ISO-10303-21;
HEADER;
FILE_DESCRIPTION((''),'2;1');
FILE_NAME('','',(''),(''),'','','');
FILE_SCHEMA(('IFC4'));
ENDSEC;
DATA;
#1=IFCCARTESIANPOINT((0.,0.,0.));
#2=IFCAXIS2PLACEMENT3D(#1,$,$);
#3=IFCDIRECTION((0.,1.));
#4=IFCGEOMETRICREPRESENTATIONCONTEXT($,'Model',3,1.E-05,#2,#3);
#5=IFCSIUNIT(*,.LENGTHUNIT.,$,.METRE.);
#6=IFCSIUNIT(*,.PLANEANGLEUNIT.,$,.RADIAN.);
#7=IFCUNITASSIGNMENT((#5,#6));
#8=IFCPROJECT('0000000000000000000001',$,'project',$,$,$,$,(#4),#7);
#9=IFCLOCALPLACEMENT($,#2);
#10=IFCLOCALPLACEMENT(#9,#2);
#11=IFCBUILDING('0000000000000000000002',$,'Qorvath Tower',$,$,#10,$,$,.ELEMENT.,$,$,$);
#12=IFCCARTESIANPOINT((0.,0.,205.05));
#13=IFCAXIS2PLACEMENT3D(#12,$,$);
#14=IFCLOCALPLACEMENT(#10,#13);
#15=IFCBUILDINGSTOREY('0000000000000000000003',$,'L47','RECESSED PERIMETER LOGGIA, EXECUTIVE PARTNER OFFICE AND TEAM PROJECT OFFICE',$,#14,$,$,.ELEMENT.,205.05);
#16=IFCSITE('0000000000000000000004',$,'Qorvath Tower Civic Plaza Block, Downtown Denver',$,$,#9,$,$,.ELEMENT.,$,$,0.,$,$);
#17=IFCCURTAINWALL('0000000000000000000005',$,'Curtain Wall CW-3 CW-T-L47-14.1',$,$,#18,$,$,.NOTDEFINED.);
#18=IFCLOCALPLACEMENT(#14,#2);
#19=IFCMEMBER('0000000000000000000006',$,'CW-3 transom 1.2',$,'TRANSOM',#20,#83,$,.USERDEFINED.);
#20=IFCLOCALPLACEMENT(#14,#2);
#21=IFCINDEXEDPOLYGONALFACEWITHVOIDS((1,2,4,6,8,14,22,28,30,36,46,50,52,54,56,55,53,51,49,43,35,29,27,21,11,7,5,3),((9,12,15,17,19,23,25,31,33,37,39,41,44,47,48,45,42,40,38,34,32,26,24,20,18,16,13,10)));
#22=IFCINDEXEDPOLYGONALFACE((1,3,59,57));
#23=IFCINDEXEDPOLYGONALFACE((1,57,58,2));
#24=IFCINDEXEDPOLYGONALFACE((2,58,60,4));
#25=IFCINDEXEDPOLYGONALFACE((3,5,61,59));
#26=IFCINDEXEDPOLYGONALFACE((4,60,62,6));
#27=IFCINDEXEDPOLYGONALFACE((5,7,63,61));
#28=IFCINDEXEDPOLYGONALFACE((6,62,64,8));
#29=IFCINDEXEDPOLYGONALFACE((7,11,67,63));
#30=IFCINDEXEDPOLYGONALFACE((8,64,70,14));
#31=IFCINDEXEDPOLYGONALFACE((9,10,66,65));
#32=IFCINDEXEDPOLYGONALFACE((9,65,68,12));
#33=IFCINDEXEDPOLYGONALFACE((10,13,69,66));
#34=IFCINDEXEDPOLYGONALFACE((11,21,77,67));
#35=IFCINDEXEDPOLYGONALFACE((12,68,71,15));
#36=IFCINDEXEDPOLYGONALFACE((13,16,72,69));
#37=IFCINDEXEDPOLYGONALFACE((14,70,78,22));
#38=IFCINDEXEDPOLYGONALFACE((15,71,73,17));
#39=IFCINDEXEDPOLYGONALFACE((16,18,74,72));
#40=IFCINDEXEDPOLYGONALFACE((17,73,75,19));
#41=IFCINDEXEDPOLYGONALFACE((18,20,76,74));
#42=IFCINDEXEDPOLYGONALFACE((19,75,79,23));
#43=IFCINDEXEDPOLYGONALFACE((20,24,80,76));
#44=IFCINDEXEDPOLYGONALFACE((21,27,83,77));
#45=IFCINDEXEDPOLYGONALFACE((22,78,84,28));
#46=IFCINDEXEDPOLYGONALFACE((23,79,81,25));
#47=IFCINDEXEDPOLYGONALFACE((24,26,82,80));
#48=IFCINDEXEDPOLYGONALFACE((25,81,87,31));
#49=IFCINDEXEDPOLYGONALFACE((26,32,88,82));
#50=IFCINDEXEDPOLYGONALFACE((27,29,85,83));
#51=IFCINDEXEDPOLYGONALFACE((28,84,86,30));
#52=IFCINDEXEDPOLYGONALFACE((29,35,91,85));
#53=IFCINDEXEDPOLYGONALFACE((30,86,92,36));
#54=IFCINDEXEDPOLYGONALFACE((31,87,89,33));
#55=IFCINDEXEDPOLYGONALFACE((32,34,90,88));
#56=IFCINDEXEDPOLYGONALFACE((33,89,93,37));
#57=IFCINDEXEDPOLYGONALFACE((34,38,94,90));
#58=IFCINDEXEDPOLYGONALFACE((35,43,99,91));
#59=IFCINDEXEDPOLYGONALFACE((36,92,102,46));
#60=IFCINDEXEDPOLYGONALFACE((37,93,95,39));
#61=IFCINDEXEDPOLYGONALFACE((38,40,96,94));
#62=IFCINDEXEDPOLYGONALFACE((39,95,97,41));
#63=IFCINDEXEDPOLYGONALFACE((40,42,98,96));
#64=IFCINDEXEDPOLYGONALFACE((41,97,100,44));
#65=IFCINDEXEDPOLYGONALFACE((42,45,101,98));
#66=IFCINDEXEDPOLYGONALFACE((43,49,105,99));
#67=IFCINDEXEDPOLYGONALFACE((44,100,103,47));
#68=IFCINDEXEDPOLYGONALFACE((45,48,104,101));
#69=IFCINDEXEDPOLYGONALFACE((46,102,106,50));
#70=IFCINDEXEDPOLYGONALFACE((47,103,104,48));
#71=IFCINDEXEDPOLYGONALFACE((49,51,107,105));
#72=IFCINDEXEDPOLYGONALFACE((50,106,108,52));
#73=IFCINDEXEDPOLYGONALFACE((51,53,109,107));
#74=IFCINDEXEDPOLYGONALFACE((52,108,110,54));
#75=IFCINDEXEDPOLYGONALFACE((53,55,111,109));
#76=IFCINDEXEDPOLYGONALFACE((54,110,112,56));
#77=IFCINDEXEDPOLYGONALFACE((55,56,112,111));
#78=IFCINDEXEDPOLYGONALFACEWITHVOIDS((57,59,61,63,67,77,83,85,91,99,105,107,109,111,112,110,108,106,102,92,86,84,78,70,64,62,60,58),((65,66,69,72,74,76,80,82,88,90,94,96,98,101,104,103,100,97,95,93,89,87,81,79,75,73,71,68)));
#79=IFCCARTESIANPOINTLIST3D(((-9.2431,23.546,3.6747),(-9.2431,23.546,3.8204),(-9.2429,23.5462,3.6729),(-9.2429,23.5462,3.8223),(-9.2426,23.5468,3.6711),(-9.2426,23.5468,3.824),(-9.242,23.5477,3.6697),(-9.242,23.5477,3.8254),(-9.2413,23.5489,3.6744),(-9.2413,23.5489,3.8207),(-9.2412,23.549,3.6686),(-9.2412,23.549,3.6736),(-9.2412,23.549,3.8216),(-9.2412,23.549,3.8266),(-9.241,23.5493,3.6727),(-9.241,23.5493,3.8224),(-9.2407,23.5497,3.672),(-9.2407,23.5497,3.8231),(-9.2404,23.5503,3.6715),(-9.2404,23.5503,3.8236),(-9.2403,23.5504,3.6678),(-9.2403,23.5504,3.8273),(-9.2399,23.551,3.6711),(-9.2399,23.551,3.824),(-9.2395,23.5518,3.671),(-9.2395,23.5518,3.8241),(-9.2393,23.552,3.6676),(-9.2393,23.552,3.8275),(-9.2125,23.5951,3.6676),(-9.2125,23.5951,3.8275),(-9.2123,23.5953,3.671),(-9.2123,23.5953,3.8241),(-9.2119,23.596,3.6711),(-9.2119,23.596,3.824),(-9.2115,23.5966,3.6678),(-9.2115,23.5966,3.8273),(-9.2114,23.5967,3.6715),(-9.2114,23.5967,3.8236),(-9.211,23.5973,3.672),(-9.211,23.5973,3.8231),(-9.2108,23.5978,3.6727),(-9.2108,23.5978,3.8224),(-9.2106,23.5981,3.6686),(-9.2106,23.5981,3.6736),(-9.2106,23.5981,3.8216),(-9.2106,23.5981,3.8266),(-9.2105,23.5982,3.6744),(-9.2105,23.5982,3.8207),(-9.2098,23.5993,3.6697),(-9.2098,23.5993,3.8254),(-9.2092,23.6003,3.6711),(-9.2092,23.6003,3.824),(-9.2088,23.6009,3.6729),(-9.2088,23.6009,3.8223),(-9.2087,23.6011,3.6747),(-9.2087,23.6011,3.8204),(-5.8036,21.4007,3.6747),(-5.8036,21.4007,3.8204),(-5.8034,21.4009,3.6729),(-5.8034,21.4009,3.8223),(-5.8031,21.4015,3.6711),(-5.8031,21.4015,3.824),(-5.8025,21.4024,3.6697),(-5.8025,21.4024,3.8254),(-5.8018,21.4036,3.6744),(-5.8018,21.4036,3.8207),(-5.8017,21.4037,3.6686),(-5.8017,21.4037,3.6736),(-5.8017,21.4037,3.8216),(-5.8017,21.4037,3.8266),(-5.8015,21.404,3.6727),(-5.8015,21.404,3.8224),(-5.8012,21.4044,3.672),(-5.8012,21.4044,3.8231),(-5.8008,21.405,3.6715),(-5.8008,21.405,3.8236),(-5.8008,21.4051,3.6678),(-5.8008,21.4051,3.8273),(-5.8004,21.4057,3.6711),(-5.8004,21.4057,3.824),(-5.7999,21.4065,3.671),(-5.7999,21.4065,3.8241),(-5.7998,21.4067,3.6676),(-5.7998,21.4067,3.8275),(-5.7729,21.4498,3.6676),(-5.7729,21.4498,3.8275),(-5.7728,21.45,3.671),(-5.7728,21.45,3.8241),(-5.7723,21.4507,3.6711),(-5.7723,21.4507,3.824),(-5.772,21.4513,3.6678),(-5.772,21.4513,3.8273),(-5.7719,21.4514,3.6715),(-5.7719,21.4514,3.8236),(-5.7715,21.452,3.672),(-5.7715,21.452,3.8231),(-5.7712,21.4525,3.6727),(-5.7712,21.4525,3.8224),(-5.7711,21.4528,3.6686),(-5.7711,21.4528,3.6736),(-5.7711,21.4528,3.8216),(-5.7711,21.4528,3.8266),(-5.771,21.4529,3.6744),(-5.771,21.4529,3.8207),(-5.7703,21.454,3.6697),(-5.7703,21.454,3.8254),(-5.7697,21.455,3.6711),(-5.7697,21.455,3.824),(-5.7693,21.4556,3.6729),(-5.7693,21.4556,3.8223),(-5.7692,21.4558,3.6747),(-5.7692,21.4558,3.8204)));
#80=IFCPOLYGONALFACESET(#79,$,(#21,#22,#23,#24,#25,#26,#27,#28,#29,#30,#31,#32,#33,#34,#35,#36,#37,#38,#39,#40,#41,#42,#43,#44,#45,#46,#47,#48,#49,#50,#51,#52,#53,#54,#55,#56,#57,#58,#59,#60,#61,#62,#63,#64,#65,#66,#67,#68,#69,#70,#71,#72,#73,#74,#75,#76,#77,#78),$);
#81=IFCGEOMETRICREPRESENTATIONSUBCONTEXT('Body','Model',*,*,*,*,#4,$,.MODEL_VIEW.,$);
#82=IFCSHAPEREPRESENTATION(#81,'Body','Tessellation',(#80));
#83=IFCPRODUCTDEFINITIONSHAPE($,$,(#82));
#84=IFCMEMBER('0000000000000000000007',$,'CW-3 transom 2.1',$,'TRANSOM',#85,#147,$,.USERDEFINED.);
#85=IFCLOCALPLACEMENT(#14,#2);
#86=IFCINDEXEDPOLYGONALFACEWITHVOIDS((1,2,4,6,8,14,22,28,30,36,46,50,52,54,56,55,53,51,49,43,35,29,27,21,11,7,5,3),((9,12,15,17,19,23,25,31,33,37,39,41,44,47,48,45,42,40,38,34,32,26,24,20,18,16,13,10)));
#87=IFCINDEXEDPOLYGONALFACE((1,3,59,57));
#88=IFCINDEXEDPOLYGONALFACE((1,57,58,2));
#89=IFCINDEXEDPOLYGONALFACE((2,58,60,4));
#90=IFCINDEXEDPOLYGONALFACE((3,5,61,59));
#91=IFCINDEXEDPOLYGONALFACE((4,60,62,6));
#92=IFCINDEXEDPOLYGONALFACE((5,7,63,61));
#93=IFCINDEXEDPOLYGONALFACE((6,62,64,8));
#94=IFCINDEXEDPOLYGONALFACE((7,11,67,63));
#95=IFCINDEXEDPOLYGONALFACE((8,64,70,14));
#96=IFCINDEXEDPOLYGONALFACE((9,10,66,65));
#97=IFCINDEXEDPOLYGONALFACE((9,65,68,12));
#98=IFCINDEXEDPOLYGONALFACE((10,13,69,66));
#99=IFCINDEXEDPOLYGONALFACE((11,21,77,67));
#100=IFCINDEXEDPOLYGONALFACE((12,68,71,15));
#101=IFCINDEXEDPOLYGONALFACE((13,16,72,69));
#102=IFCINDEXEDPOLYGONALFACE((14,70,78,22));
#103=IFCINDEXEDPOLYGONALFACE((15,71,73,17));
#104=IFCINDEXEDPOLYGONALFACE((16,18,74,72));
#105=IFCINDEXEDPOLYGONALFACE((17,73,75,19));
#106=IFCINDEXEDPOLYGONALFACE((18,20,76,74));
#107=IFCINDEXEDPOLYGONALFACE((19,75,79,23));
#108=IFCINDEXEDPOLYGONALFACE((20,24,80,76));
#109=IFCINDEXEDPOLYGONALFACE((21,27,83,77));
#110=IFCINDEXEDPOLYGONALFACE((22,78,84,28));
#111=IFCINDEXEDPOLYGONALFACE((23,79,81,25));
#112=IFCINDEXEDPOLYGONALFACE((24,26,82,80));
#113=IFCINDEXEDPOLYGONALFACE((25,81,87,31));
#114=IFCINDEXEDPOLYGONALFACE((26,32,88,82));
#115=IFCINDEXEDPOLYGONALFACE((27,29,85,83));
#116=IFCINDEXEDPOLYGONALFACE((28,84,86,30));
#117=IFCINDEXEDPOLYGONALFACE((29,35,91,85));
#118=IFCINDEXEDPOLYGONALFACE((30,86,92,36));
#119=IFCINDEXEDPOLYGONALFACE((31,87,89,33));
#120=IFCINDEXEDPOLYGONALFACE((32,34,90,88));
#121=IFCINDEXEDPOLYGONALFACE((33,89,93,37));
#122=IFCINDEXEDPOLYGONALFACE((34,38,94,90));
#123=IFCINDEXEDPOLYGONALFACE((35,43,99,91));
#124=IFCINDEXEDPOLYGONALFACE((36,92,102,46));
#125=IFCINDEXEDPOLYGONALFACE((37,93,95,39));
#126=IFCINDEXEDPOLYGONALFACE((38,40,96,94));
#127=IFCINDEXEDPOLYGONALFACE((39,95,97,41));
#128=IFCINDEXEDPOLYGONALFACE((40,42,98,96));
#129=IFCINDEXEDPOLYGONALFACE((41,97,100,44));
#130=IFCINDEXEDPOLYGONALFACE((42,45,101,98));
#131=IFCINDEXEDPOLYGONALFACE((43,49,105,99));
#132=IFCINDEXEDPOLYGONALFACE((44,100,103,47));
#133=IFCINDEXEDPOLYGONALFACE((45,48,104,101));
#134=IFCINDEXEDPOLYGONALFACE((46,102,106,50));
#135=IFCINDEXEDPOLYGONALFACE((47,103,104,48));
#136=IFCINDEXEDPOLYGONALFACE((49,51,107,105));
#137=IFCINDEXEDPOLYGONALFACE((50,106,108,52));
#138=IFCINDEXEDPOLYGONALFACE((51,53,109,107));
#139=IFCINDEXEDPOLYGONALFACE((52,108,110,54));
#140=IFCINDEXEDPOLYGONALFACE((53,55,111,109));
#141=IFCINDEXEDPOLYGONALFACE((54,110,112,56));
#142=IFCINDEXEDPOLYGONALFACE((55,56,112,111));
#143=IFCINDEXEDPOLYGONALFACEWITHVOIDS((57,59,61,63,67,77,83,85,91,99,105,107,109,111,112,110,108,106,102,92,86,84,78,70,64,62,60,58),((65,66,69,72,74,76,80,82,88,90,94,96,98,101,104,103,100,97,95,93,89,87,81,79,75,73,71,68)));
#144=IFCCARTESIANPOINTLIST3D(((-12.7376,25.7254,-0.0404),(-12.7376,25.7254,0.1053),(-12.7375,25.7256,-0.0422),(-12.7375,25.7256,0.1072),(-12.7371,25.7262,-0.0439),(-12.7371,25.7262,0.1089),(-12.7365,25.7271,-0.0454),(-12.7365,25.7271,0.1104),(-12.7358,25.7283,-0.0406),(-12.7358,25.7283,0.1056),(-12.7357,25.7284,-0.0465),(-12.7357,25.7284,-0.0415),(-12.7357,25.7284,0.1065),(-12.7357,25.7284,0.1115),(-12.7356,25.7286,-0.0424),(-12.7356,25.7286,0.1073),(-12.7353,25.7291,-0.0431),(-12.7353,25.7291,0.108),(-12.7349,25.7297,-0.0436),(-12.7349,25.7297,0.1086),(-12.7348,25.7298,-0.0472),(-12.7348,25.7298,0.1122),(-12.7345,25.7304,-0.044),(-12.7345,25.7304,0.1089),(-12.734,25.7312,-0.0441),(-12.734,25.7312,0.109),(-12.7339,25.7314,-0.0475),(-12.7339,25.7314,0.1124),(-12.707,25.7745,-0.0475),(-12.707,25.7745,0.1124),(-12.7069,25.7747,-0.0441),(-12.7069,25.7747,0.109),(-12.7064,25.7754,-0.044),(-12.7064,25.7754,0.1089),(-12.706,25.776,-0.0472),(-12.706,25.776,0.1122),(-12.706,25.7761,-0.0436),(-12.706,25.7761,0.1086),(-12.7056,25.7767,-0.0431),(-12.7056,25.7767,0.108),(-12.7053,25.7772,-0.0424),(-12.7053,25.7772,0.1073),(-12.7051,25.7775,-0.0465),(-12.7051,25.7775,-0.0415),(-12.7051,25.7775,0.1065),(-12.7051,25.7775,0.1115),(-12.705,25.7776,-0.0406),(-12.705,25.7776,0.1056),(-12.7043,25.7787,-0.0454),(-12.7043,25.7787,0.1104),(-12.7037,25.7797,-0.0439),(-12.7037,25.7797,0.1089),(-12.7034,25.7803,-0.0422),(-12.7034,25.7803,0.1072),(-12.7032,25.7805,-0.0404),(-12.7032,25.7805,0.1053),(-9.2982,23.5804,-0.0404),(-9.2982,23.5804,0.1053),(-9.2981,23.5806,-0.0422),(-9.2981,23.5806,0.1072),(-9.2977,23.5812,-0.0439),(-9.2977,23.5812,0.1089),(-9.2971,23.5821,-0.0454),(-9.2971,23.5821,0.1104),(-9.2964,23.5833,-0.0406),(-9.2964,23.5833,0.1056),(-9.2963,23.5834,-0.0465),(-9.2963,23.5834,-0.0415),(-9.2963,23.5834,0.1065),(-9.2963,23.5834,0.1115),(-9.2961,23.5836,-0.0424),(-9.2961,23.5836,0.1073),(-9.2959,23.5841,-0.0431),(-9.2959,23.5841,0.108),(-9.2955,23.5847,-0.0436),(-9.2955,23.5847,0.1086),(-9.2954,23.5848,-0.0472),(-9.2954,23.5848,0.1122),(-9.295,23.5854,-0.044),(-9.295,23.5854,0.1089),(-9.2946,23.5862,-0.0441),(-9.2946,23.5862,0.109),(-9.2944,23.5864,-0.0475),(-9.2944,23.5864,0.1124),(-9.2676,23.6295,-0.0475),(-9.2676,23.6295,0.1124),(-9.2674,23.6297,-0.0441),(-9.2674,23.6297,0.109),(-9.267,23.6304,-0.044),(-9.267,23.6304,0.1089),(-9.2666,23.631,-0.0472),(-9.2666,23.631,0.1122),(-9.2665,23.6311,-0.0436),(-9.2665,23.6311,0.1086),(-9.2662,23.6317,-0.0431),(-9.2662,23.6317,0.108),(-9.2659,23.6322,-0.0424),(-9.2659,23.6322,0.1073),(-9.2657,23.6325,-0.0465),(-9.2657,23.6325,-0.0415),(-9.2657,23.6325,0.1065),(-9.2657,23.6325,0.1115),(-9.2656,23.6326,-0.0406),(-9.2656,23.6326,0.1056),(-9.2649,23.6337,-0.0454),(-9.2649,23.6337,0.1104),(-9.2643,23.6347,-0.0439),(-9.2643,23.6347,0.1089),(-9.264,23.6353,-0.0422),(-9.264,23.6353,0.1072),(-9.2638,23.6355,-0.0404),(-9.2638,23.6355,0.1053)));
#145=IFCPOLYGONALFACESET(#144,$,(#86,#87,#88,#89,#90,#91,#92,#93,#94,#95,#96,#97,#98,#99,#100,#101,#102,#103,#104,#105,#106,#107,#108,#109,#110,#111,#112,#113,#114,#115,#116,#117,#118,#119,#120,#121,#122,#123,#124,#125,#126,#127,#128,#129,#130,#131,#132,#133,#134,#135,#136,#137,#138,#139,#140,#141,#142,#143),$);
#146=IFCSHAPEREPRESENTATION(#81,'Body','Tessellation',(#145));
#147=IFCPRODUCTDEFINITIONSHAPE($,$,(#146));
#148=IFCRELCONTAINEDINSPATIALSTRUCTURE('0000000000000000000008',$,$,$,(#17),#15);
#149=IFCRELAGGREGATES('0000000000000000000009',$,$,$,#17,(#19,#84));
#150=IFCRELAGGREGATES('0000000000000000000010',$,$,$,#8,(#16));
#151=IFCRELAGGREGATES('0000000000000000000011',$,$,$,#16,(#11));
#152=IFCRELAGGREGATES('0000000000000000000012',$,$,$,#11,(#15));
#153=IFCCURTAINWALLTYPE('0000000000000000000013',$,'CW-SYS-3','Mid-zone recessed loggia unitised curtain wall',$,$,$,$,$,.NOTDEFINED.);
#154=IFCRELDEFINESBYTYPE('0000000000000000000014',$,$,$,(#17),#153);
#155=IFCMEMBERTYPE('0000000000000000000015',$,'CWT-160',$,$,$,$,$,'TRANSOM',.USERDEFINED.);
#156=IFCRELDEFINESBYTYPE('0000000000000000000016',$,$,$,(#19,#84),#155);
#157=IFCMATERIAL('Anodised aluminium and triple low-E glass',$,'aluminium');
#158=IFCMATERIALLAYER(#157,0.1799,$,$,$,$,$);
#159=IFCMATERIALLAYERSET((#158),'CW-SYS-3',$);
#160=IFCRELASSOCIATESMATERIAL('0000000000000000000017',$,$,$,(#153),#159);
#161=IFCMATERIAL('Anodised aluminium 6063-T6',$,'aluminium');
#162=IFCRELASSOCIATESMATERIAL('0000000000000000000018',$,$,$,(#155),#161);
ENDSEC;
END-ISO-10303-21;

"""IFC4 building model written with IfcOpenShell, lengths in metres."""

from ifc_helpers import new_model, si_unit, direction, frame, origin, origin_2d, place, context, subcontext, project, spatial, hollow_rectangle, extrude, material, layer, layer_set, material_profile, profile_set, type_object, element, aggregate, save


model = new_model("IFC4")

# Units and contexts
model_context = context("Model", 3, precision=1e-05, world=origin(), true_north=direction((0.0, 1.0)))
body_context = subcontext(model_context, "Body", "Model", "MODEL_VIEW")
ifc_project = project(units=[si_unit("LENGTHUNIT", "METRE"), si_unit("PLANEANGLEUNIT", "RADIAN")], contexts=[model_context])

# Site, building, storey
site_placement = place(None, origin())
site = spatial("IfcSite", under=ifc_project, at=site_placement, Name="Qorvath Tower Civic Plaza Block, Downtown Denver", CompositionType="ELEMENT", RefElevation=0.0)
building_placement = place(site_placement, origin())
building = spatial("IfcBuilding", under=site, at=building_placement, Name="Qorvath Tower", CompositionType="ELEMENT")
storey_placement = place(building_placement, frame((0.0, 0.0, 205.05)))
storey = spatial("IfcBuildingStorey", under=building, at=storey_placement, Name="L47", Description="RECESSED PERIMETER LOGGIA, EXECUTIVE PARTNER OFFICE AND TEAM PROJECT OFFICE", CompositionType="ELEMENT", Elevation=205.05)

# Shared definitions
ifc_material_1 = material(Name="Anodised aluminium and triple low-E glass", Category="aluminium")
ifc_layer_1 = layer(ifc_material_1, 0.1799)
ifc_layer_set_1 = layer_set([ifc_layer_1], Name="CW-SYS-3")
curtain_wall_type = type_object("IfcCurtainWallType", Name="CW-SYS-3", Description="Mid-zone recessed loggia unitised curtain wall", PredefinedType="NOTDEFINED", material=ifc_layer_set_1)

# Curtain wall
curtain_wall_1_placement = place(storey_placement, origin())
curtain_wall_1 = element("IfcCurtainWall", 1, at=curtain_wall_1_placement, inside=storey, type_object=curtain_wall_type, Name="Curtain Wall CW-3 CW-T-L47-14.1", PredefinedType="NOTDEFINED")

# Members
ifc_material_2 = material(Name="Anodised aluminium 6063-T6", Category="aluminium")
ifc_material_profile_1 = material_profile(ifc_material_2, hollow_rectangle(XDim=0.0649, YDim=0.1599, WallThickness=0.0034, InnerFilletRadius=0.0034, OuterFilletRadius=0.0071, at=origin_2d()), Name="CWT 160x65")
ifc_profile_set_1 = profile_set([ifc_material_profile_1], Name="Anodised aluminium 6063-T6")
member_type_1 = type_object("IfcMemberType", Name="CWT-160", ElementType="TRANSOM", PredefinedType="USERDEFINED", material=ifc_profile_set_1)
member_1_placement = place(storey_placement, frame((-5.7864, 21.4282, 3.7476), z_axis=(-0.848485, 0.529219, 0.0), x_axis=(-0.529219, -0.848485, 0.0)))
member_1 = element("IfcMember", 2, at=member_1_placement, type_object=member_type_1, Name="CW-3 transom 1.2", ObjectType="TRANSOM", PredefinedType="USERDEFINED", context=body_context, shape_type="SweptSolid", body=[
    extrude(hollow_rectangle(XDim=0.0649, YDim=0.1599, WallThickness=0.0034, InnerFilletRadius=0.0034, OuterFilletRadius=0.0071, at=origin_2d()), origin(), (0.0, 0.0, 1.0), 4.0537),
])
member_2_placement = place(storey_placement, frame((-9.281, 23.6079, 0.0325), z_axis=(-0.848512, 0.529176, 0.0), x_axis=(-0.529176, -0.848512, 0.0)))
member_2 = element("IfcMember", 3, at=member_2_placement, type_object=member_type_1, Name="CW-3 transom 2.1", ObjectType="TRANSOM", PredefinedType="USERDEFINED", context=body_context, shape_type="SweptSolid", body=[
    extrude(hollow_rectangle(XDim=0.0649, YDim=0.1599, WallThickness=0.0034, InnerFilletRadius=0.0034, OuterFilletRadius=0.0071, at=origin_2d()), origin(), (0.0, 0.0, 1.0), 4.0535),
])

aggregate(curtain_wall_1, [member_1, member_2])

save(model, "model.ifc")
